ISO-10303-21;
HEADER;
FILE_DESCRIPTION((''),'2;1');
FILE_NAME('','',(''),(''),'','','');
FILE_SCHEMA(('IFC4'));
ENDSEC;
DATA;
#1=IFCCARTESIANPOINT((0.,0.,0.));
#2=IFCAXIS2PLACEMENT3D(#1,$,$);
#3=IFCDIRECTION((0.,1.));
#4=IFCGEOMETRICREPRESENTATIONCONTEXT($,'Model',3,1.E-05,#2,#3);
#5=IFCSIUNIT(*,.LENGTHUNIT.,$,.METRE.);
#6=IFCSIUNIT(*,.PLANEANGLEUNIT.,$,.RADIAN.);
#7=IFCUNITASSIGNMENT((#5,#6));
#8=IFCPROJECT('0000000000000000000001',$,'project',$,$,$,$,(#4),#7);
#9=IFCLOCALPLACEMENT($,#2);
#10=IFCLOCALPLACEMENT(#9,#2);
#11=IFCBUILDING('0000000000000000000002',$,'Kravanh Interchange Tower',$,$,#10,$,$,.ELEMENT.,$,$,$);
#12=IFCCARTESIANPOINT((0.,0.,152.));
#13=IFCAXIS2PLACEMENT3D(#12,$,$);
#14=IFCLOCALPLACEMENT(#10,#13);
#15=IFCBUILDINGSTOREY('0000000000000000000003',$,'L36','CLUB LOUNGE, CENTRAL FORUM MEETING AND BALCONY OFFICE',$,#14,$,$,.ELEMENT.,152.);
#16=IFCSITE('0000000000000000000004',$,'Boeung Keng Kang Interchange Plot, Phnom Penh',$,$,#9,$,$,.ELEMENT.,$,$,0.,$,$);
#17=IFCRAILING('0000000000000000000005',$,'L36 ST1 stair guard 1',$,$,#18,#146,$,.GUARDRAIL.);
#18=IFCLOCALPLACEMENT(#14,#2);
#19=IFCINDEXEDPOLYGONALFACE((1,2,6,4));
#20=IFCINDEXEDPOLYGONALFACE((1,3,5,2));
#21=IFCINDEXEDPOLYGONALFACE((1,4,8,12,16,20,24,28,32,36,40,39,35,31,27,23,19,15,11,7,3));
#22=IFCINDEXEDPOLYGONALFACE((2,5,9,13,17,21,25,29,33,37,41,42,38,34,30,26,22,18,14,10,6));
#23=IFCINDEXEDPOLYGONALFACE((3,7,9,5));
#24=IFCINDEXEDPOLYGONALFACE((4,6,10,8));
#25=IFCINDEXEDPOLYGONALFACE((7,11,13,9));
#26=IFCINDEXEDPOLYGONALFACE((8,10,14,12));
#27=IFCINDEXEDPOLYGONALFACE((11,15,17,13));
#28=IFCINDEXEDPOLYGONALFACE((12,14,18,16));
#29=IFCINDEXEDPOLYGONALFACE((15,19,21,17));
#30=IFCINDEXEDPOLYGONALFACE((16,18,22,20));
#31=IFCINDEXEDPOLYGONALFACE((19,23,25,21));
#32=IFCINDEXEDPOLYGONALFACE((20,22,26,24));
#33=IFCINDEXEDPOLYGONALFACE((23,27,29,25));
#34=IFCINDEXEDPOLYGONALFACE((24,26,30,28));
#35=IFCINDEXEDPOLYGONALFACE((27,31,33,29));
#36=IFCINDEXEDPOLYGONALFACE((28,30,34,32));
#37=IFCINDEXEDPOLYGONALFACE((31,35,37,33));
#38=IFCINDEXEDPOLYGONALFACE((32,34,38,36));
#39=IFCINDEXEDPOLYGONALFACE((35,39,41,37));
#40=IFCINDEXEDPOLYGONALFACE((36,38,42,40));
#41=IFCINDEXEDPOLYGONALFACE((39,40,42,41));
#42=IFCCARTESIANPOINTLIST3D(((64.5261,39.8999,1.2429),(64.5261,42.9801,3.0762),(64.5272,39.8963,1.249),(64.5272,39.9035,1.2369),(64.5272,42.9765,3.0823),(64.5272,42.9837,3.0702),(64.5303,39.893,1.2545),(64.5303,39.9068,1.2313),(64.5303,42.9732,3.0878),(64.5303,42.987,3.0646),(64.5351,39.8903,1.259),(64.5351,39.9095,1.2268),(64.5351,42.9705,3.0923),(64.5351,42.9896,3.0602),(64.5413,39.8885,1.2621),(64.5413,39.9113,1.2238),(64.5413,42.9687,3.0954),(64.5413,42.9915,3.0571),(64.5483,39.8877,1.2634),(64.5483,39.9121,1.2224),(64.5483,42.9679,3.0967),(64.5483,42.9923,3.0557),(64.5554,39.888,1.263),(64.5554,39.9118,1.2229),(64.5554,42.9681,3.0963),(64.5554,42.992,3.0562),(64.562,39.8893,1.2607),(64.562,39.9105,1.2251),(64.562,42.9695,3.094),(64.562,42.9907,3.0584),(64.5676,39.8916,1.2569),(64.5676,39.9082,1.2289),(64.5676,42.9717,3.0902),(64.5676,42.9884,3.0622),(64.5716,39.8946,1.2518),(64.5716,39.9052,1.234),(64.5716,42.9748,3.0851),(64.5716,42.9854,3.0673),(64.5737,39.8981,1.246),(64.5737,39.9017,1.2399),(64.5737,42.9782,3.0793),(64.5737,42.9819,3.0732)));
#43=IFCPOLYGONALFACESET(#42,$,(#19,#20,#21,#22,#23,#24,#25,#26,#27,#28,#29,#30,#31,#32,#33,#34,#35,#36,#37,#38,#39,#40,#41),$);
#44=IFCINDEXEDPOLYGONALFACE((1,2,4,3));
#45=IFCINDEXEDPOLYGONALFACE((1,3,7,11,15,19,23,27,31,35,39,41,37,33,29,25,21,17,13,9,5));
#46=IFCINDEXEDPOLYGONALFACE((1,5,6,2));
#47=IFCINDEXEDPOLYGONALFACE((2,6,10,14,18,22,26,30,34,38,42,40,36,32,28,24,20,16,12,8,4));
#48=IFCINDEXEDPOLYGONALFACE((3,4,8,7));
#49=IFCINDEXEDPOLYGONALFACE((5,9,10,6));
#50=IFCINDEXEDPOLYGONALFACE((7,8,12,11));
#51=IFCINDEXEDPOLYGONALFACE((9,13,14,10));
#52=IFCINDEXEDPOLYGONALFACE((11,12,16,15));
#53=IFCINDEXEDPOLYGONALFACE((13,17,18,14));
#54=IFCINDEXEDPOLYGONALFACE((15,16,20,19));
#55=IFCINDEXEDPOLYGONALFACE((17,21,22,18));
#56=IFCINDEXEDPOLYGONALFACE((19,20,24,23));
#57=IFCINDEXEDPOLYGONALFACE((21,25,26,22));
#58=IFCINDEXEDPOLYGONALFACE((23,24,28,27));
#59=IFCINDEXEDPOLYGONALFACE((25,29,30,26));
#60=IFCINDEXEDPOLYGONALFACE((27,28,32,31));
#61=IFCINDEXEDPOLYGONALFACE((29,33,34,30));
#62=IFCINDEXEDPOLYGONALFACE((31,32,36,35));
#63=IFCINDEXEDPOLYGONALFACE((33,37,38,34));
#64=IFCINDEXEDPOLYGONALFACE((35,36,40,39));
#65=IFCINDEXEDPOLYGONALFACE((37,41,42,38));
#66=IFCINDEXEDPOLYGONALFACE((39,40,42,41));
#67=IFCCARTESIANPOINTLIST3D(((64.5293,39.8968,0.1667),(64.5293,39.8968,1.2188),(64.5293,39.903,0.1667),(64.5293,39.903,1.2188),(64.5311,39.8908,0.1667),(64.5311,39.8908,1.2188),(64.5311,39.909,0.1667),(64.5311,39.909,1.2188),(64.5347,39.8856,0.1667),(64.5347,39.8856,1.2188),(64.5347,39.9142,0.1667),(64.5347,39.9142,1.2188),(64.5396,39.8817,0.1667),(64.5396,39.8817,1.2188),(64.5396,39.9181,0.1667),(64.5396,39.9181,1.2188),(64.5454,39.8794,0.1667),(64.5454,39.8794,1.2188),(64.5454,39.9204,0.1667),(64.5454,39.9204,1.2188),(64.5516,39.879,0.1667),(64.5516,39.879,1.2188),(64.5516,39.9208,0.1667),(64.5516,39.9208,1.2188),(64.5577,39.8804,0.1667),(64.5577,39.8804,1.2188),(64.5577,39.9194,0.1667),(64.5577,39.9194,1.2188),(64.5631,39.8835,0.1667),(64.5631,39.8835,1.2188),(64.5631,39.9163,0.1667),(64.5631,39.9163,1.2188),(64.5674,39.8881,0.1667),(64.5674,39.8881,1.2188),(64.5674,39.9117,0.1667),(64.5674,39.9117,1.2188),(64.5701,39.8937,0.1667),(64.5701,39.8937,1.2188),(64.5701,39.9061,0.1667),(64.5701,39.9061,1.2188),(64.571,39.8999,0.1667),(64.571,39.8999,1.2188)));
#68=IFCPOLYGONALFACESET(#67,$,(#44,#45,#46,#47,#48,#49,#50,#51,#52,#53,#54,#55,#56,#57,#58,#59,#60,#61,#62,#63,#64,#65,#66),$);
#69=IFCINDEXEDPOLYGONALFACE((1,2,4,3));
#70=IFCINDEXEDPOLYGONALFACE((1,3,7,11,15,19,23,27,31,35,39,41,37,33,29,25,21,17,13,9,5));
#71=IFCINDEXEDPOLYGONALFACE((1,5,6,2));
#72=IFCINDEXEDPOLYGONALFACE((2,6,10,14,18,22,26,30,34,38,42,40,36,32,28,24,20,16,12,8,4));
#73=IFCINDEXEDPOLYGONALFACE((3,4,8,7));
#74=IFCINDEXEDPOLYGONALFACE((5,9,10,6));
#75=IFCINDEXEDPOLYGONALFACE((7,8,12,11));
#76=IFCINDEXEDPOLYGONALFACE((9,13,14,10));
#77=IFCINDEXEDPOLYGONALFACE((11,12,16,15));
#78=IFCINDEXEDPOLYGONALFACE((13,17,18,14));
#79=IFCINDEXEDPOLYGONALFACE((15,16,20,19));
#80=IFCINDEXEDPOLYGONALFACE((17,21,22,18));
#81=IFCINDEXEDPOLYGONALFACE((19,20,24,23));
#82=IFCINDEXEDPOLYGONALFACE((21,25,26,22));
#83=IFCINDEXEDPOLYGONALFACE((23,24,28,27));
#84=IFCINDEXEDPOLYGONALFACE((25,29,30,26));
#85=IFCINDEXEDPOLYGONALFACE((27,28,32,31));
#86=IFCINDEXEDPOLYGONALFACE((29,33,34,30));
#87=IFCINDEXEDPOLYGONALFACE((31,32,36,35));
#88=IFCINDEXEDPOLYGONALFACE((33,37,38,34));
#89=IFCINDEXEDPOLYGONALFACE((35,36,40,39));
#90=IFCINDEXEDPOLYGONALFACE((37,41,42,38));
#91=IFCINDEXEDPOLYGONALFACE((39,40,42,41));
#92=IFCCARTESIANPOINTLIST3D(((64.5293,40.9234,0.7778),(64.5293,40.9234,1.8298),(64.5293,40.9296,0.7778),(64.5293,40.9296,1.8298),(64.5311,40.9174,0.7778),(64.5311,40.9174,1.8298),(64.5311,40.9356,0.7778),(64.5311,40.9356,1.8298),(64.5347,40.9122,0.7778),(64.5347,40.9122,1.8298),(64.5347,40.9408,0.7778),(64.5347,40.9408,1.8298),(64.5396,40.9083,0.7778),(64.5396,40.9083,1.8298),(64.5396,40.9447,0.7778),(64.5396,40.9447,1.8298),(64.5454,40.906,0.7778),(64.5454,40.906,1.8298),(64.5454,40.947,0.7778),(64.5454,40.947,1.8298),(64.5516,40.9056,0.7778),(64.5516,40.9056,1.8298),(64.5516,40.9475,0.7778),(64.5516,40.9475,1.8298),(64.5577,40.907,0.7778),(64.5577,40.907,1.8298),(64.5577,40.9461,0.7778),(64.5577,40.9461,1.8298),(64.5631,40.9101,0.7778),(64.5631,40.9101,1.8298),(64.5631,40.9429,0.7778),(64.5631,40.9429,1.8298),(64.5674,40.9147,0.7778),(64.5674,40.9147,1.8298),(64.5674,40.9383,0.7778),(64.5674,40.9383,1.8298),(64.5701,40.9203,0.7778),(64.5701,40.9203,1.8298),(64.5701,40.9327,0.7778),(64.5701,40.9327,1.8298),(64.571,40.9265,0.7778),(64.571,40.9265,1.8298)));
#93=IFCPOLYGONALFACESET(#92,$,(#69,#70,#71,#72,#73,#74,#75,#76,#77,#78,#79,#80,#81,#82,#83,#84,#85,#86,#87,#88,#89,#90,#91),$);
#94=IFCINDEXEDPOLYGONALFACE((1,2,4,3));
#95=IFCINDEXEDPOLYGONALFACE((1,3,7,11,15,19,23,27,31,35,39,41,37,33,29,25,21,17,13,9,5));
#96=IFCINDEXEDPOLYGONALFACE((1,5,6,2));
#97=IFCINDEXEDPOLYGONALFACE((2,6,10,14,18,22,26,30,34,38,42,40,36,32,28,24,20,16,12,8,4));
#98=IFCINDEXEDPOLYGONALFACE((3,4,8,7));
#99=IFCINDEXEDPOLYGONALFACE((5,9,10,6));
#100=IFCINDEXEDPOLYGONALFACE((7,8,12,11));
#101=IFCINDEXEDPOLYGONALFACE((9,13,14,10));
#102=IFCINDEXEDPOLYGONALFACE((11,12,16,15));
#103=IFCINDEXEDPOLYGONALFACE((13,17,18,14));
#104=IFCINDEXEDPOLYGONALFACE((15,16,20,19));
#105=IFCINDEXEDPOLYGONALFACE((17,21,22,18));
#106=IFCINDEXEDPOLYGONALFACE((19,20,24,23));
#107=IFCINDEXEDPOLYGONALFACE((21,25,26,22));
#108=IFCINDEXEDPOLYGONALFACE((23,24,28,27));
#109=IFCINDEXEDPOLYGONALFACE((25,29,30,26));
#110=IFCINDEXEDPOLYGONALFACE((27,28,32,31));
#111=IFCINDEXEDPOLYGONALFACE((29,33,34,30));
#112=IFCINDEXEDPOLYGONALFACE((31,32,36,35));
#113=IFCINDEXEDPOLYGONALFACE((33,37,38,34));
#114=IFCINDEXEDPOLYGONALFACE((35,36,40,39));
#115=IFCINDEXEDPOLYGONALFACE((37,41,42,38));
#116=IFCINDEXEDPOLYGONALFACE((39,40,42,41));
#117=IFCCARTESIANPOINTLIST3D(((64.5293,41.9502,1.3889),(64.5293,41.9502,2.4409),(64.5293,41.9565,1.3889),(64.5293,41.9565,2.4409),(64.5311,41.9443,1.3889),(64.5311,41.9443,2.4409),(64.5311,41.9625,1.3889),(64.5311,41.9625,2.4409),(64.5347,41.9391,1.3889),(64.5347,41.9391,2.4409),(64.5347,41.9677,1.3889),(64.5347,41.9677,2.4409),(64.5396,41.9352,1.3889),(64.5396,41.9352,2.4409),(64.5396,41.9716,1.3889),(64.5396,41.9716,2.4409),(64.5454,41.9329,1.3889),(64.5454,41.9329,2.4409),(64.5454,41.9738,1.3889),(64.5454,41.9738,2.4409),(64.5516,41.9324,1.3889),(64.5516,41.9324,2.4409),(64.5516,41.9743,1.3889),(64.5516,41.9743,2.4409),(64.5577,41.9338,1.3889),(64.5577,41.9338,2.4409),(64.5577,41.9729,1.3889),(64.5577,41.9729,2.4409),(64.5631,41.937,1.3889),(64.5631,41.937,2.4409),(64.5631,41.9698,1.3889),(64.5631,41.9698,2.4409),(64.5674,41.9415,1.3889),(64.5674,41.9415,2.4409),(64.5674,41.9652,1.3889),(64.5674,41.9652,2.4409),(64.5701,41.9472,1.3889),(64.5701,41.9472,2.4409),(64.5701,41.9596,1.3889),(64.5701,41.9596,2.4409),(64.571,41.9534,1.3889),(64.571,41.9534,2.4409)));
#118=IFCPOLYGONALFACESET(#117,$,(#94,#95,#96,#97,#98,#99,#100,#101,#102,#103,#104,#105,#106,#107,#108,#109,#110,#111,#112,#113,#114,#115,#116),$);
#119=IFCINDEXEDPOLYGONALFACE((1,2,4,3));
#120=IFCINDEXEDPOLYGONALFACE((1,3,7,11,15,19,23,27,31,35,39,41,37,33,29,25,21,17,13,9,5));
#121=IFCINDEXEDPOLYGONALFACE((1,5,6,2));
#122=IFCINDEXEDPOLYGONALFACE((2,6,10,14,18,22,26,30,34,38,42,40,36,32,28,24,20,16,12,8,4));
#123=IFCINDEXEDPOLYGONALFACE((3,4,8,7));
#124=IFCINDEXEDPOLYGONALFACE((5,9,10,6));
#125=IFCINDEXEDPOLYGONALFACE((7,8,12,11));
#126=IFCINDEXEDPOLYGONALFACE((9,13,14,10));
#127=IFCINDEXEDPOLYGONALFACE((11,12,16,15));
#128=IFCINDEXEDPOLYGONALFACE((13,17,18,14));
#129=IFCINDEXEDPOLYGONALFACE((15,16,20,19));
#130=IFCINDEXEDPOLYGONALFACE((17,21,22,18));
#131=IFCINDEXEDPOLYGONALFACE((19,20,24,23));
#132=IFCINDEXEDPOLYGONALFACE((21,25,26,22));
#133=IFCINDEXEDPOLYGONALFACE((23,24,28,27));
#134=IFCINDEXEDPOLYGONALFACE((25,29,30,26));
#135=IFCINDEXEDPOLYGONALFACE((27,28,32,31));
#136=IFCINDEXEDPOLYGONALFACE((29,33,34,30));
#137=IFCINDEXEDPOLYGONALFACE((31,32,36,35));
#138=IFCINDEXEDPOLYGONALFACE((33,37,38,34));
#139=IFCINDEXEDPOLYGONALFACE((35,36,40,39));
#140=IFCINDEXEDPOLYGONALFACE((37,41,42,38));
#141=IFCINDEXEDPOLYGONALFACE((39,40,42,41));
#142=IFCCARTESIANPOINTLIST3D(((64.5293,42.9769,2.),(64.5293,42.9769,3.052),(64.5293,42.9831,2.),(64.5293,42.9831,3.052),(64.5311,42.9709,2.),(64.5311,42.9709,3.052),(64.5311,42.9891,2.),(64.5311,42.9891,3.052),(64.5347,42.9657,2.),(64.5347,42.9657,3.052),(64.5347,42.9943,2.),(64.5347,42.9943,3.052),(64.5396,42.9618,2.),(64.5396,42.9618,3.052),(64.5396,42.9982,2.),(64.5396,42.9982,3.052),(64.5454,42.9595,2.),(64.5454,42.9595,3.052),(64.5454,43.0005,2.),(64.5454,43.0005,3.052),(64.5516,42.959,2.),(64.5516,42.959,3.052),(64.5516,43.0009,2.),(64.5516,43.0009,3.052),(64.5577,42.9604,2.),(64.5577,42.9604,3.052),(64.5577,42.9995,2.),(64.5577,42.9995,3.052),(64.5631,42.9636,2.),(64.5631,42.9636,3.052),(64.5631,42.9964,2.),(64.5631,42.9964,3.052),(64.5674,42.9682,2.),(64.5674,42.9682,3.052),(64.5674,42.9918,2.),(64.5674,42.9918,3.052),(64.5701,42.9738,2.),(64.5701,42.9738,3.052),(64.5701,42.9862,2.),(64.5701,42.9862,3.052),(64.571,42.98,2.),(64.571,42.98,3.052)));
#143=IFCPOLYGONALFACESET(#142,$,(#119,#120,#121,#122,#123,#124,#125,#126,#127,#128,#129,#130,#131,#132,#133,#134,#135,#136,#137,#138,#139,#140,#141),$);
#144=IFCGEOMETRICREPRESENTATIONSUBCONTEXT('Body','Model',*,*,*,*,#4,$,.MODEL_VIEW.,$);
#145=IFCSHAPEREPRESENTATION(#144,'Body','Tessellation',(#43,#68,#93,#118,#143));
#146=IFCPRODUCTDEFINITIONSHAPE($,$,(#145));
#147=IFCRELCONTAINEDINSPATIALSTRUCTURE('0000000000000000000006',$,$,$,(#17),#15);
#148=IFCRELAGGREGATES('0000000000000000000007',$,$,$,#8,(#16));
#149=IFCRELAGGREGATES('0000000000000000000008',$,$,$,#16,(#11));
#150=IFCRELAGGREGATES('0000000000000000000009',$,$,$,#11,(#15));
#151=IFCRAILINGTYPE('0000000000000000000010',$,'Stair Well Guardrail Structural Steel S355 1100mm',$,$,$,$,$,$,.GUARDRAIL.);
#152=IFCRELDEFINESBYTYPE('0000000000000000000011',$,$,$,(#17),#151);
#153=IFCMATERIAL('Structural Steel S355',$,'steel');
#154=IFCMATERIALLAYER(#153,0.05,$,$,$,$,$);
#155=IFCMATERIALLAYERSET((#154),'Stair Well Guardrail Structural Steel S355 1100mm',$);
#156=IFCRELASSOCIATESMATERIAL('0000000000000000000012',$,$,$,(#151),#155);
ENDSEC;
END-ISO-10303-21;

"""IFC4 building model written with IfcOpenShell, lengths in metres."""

from ifc_helpers import new_model, si_unit, direction, frame, origin, origin_2d, place, context, subcontext, project, spatial, circle, extrude, material, layer, layer_set, type_object, element, save


model = new_model("IFC4")

# Units and contexts
model_context = context("Model", 3, precision=1e-05, world=origin(), true_north=direction((0.0, 1.0)))
body_context = subcontext(model_context, "Body", "Model", "MODEL_VIEW")
ifc_project = project(units=[si_unit("LENGTHUNIT", "METRE"), si_unit("PLANEANGLEUNIT", "RADIAN")], contexts=[model_context])

# Site, building, storey
site_placement = place(None, origin())
site = spatial("IfcSite", under=ifc_project, at=site_placement, Name="Boeung Keng Kang Interchange Plot, Phnom Penh", CompositionType="ELEMENT", RefElevation=0.0)
building_placement = place(site_placement, origin())
building = spatial("IfcBuilding", under=site, at=building_placement, Name="Kravanh Interchange Tower", CompositionType="ELEMENT")
storey_placement = place(building_placement, frame((0.0, 0.0, 152.0)))
storey = spatial("IfcBuildingStorey", under=building, at=storey_placement, Name="L36", Description="CLUB LOUNGE, CENTRAL FORUM MEETING AND BALCONY OFFICE", CompositionType="ELEMENT", Elevation=152.0)

# Railing
ifc_material_1 = material(Name="Structural Steel S355", Category="steel")
ifc_layer_1 = layer(ifc_material_1, 0.05)
ifc_layer_set_1 = layer_set([ifc_layer_1], Name="Stair Well Guardrail Structural Steel S355 1100mm")
railing_type_1 = type_object("IfcRailingType", Name="Stair Well Guardrail Structural Steel S355 1100mm", PredefinedType="GUARDRAIL", material=ifc_layer_set_1)
railing_1_placement = place(storey_placement, frame((64.55, 39.8999, 0.1667)))
element("IfcRailing", 1, at=railing_1_placement, inside=storey, type_object=railing_type_1, Name="L36 ST1 stair guard 1", PredefinedType="GUARDRAIL", context=body_context, shape_type="SweptSolid", body=[
    extrude(circle(Radius=0.0239, at=origin_2d()), frame((0.0, 0.0, 1.0762), z_axis=(0.0, 0.859309, 0.511458), x_axis=(-1.0, 0.0, 0.0)), (0.0, 0.0, 1.0), 3.5845),
    extrude(circle(Radius=0.021, at=origin_2d()), origin(), (0.0, 0.0, 1.0), 1.052),
    extrude(circle(Radius=0.021, at=origin_2d()), frame((0.0, 1.0266, 0.6111)), (0.0, 0.0, 1.0), 1.052),
    extrude(circle(Radius=0.021, at=origin_2d()), frame((0.0, 2.0535, 1.2222)), (0.0, 0.0, 1.0), 1.052),
    extrude(circle(Radius=0.021, at=origin_2d()), frame((0.0, 3.0801, 1.8333)), (0.0, 0.0, 1.0), 1.052),
])

save(model, "model.ifc")
